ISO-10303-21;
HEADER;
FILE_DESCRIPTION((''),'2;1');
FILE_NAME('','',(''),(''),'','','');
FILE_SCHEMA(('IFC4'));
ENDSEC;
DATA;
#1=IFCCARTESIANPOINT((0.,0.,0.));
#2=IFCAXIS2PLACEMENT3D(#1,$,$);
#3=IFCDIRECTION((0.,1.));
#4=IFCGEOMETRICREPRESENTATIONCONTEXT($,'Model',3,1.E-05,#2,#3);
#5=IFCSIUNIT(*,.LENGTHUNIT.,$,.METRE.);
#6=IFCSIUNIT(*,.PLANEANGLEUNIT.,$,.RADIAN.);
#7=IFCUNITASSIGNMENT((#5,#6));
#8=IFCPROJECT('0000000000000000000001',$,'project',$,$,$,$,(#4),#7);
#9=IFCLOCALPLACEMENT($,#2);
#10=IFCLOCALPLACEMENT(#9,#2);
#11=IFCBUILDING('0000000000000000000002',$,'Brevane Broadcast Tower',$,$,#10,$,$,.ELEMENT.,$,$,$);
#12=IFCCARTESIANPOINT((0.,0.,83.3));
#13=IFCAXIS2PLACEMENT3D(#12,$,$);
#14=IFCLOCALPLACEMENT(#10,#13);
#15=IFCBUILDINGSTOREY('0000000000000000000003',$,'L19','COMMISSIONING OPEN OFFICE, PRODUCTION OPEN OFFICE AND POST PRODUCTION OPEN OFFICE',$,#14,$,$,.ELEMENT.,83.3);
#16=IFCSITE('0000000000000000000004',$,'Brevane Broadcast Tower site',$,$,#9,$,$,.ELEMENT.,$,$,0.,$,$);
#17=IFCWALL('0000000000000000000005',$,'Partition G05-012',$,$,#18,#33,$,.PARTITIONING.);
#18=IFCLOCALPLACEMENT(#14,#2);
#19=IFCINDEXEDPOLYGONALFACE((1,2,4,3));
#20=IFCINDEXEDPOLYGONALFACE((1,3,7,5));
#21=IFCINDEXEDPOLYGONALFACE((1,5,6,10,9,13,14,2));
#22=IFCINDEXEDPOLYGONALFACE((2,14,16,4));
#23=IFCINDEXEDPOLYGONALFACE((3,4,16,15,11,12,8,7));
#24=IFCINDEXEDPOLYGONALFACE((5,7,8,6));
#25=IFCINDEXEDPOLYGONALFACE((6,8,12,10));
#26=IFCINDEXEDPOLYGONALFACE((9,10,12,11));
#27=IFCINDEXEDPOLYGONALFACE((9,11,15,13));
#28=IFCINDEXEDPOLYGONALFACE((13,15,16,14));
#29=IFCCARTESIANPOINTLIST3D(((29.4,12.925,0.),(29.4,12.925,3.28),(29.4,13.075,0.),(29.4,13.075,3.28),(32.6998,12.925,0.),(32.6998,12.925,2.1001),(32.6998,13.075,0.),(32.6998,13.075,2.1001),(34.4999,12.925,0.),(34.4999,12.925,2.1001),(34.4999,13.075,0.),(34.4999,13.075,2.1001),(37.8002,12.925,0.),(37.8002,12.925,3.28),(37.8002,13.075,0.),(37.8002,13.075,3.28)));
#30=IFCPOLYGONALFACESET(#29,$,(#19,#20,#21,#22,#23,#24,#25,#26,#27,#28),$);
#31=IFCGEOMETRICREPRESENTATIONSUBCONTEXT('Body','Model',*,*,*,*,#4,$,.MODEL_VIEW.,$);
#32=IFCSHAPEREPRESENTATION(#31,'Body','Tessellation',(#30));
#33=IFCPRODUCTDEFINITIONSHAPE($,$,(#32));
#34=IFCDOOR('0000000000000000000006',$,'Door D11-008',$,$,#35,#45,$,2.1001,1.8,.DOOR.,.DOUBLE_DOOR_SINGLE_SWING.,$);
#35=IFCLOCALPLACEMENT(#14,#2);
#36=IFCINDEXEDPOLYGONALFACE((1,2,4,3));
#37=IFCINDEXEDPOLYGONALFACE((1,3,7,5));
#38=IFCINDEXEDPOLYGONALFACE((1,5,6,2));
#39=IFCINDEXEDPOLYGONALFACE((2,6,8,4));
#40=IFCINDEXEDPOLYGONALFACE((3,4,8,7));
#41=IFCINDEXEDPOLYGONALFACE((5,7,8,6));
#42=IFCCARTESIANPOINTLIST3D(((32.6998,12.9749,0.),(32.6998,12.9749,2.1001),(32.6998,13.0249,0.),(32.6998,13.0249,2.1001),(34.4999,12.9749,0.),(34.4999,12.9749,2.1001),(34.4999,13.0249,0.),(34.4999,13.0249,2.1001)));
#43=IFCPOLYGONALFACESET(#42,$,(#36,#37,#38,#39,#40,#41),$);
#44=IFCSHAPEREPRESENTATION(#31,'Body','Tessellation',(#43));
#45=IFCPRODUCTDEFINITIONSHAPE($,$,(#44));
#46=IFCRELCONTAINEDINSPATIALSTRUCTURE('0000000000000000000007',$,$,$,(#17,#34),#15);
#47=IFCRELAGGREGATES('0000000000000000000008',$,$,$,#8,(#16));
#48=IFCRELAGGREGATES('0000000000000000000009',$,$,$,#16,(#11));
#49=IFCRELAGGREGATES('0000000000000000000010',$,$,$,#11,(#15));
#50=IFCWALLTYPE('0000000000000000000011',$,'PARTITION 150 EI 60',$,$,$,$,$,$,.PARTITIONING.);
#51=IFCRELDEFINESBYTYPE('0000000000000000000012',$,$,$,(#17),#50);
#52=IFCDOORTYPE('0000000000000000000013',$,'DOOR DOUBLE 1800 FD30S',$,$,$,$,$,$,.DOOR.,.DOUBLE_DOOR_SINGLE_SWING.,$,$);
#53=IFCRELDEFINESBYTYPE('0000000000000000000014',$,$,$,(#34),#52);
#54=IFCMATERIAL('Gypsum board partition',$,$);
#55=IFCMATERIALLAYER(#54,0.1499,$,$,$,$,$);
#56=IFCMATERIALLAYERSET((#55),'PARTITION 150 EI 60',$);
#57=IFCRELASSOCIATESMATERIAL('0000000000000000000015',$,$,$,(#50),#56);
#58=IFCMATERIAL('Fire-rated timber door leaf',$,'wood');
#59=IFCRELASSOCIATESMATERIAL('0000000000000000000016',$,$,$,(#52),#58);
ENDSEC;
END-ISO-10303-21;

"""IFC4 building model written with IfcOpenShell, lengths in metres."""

from ifc_helpers import new_model, si_unit, direction, frame, frame_2d, origin, place, context, subcontext, project, spatial, rectangle, extrude, material, layer, layer_set, type_object, element, fill, save


model = new_model("IFC4")

# Units and contexts
model_context = context("Model", 3, precision=1e-05, world=origin(), true_north=direction((0.0, 1.0)))
body_context = subcontext(model_context, "Body", "Model", "MODEL_VIEW")
ifc_project = project(units=[si_unit("LENGTHUNIT", "METRE"), si_unit("PLANEANGLEUNIT", "RADIAN")], contexts=[model_context])

# Site, building, storey
site_placement = place(None, origin())
site = spatial("IfcSite", under=ifc_project, at=site_placement, Name="Brevane Broadcast Tower site", CompositionType="ELEMENT", RefElevation=0.0)
building_placement = place(site_placement, origin())
building = spatial("IfcBuilding", under=site, at=building_placement, Name="Brevane Broadcast Tower", CompositionType="ELEMENT")
storey_placement = place(building_placement, frame((0.0, 0.0, 83.3)))
storey = spatial("IfcBuildingStorey", under=building, at=storey_placement, Name="L19", Description="COMMISSIONING OPEN OFFICE, PRODUCTION OPEN OFFICE AND POST PRODUCTION OPEN OFFICE", CompositionType="ELEMENT", Elevation=83.3)

# Shared definitions
ifc_material_1 = material(Name="Gypsum board partition")
ifc_layer_1 = layer(ifc_material_1, 0.1499)
ifc_layer_set_1 = layer_set([ifc_layer_1], Name="PARTITION 150 EI 60")
wall_type_1 = type_object("IfcWallType", Name="PARTITION 150 EI 60", PredefinedType="PARTITIONING", material=ifc_layer_set_1)

# Shared definitions
ifc_material_2 = material(Name="Fire-rated timber door leaf", Category="wood")

# Wall, opening, door
wall_1_placement = place(storey_placement, frame((29.3999, 13.0, 0.0), z_axis=(0.0, 0.0, 1.0), x_axis=(1.0, 0.0, 0.0)))
wall_1 = element("IfcWall", 1, at=wall_1_placement, inside=storey, type_object=wall_type_1, Name="Partition G05-012", PredefinedType="PARTITIONING", context=body_context, shape_type="SweptSolid", body=[
    extrude(rectangle(XDim=8.4001, YDim=0.1499, at=frame_2d((4.2002, 0.0))), origin(), (0.0, 0.0, 1.0), 3.28),
])
opening_1_placement = place(wall_1_placement, frame((3.3, 0.0, 0.0)))
opening_1 = element("IfcOpeningElement", 2, at=opening_1_placement, cuts=wall_1, PredefinedType="OPENING", context=body_context, shape_type="SweptSolid", body=[
    extrude(rectangle(XDim=1.8, YDim=2.1001, at=frame_2d((0.8999, 1.05))), frame((0.0, 0.085, 0.0), z_axis=(0.0, -1.0, 0.0), x_axis=(1.0, 0.0, 0.0)), (0.0, 0.0, 1.0), 0.1699),
])
door_type_1 = type_object("IfcDoorType", Name="DOOR DOUBLE 1800 FD30S", OperationType="DOUBLE_DOOR_SINGLE_SWING", PredefinedType="DOOR", material=ifc_material_2)
door_1_placement = place(opening_1_placement, origin())
door_1 = element("IfcDoor", 3, at=door_1_placement, inside=storey, type_object=door_type_1, Name="Door D11-008", OperationType="DOUBLE_DOOR_SINGLE_SWING", OverallHeight=2.1001, OverallWidth=1.8, PredefinedType="DOOR", context=body_context, shape_type="SweptSolid", body=[
    extrude(rectangle(XDim=1.8, YDim=2.1001, at=frame_2d((0.8999, 1.05))), frame((0.0, 0.0249, 0.0), z_axis=(0.0, -1.0, 0.0), x_axis=(1.0, 0.0, 0.0)), (0.0, 0.0, 1.0), 0.05),
])
fill(opening_1, door_1)

save(model, "model.ifc")
